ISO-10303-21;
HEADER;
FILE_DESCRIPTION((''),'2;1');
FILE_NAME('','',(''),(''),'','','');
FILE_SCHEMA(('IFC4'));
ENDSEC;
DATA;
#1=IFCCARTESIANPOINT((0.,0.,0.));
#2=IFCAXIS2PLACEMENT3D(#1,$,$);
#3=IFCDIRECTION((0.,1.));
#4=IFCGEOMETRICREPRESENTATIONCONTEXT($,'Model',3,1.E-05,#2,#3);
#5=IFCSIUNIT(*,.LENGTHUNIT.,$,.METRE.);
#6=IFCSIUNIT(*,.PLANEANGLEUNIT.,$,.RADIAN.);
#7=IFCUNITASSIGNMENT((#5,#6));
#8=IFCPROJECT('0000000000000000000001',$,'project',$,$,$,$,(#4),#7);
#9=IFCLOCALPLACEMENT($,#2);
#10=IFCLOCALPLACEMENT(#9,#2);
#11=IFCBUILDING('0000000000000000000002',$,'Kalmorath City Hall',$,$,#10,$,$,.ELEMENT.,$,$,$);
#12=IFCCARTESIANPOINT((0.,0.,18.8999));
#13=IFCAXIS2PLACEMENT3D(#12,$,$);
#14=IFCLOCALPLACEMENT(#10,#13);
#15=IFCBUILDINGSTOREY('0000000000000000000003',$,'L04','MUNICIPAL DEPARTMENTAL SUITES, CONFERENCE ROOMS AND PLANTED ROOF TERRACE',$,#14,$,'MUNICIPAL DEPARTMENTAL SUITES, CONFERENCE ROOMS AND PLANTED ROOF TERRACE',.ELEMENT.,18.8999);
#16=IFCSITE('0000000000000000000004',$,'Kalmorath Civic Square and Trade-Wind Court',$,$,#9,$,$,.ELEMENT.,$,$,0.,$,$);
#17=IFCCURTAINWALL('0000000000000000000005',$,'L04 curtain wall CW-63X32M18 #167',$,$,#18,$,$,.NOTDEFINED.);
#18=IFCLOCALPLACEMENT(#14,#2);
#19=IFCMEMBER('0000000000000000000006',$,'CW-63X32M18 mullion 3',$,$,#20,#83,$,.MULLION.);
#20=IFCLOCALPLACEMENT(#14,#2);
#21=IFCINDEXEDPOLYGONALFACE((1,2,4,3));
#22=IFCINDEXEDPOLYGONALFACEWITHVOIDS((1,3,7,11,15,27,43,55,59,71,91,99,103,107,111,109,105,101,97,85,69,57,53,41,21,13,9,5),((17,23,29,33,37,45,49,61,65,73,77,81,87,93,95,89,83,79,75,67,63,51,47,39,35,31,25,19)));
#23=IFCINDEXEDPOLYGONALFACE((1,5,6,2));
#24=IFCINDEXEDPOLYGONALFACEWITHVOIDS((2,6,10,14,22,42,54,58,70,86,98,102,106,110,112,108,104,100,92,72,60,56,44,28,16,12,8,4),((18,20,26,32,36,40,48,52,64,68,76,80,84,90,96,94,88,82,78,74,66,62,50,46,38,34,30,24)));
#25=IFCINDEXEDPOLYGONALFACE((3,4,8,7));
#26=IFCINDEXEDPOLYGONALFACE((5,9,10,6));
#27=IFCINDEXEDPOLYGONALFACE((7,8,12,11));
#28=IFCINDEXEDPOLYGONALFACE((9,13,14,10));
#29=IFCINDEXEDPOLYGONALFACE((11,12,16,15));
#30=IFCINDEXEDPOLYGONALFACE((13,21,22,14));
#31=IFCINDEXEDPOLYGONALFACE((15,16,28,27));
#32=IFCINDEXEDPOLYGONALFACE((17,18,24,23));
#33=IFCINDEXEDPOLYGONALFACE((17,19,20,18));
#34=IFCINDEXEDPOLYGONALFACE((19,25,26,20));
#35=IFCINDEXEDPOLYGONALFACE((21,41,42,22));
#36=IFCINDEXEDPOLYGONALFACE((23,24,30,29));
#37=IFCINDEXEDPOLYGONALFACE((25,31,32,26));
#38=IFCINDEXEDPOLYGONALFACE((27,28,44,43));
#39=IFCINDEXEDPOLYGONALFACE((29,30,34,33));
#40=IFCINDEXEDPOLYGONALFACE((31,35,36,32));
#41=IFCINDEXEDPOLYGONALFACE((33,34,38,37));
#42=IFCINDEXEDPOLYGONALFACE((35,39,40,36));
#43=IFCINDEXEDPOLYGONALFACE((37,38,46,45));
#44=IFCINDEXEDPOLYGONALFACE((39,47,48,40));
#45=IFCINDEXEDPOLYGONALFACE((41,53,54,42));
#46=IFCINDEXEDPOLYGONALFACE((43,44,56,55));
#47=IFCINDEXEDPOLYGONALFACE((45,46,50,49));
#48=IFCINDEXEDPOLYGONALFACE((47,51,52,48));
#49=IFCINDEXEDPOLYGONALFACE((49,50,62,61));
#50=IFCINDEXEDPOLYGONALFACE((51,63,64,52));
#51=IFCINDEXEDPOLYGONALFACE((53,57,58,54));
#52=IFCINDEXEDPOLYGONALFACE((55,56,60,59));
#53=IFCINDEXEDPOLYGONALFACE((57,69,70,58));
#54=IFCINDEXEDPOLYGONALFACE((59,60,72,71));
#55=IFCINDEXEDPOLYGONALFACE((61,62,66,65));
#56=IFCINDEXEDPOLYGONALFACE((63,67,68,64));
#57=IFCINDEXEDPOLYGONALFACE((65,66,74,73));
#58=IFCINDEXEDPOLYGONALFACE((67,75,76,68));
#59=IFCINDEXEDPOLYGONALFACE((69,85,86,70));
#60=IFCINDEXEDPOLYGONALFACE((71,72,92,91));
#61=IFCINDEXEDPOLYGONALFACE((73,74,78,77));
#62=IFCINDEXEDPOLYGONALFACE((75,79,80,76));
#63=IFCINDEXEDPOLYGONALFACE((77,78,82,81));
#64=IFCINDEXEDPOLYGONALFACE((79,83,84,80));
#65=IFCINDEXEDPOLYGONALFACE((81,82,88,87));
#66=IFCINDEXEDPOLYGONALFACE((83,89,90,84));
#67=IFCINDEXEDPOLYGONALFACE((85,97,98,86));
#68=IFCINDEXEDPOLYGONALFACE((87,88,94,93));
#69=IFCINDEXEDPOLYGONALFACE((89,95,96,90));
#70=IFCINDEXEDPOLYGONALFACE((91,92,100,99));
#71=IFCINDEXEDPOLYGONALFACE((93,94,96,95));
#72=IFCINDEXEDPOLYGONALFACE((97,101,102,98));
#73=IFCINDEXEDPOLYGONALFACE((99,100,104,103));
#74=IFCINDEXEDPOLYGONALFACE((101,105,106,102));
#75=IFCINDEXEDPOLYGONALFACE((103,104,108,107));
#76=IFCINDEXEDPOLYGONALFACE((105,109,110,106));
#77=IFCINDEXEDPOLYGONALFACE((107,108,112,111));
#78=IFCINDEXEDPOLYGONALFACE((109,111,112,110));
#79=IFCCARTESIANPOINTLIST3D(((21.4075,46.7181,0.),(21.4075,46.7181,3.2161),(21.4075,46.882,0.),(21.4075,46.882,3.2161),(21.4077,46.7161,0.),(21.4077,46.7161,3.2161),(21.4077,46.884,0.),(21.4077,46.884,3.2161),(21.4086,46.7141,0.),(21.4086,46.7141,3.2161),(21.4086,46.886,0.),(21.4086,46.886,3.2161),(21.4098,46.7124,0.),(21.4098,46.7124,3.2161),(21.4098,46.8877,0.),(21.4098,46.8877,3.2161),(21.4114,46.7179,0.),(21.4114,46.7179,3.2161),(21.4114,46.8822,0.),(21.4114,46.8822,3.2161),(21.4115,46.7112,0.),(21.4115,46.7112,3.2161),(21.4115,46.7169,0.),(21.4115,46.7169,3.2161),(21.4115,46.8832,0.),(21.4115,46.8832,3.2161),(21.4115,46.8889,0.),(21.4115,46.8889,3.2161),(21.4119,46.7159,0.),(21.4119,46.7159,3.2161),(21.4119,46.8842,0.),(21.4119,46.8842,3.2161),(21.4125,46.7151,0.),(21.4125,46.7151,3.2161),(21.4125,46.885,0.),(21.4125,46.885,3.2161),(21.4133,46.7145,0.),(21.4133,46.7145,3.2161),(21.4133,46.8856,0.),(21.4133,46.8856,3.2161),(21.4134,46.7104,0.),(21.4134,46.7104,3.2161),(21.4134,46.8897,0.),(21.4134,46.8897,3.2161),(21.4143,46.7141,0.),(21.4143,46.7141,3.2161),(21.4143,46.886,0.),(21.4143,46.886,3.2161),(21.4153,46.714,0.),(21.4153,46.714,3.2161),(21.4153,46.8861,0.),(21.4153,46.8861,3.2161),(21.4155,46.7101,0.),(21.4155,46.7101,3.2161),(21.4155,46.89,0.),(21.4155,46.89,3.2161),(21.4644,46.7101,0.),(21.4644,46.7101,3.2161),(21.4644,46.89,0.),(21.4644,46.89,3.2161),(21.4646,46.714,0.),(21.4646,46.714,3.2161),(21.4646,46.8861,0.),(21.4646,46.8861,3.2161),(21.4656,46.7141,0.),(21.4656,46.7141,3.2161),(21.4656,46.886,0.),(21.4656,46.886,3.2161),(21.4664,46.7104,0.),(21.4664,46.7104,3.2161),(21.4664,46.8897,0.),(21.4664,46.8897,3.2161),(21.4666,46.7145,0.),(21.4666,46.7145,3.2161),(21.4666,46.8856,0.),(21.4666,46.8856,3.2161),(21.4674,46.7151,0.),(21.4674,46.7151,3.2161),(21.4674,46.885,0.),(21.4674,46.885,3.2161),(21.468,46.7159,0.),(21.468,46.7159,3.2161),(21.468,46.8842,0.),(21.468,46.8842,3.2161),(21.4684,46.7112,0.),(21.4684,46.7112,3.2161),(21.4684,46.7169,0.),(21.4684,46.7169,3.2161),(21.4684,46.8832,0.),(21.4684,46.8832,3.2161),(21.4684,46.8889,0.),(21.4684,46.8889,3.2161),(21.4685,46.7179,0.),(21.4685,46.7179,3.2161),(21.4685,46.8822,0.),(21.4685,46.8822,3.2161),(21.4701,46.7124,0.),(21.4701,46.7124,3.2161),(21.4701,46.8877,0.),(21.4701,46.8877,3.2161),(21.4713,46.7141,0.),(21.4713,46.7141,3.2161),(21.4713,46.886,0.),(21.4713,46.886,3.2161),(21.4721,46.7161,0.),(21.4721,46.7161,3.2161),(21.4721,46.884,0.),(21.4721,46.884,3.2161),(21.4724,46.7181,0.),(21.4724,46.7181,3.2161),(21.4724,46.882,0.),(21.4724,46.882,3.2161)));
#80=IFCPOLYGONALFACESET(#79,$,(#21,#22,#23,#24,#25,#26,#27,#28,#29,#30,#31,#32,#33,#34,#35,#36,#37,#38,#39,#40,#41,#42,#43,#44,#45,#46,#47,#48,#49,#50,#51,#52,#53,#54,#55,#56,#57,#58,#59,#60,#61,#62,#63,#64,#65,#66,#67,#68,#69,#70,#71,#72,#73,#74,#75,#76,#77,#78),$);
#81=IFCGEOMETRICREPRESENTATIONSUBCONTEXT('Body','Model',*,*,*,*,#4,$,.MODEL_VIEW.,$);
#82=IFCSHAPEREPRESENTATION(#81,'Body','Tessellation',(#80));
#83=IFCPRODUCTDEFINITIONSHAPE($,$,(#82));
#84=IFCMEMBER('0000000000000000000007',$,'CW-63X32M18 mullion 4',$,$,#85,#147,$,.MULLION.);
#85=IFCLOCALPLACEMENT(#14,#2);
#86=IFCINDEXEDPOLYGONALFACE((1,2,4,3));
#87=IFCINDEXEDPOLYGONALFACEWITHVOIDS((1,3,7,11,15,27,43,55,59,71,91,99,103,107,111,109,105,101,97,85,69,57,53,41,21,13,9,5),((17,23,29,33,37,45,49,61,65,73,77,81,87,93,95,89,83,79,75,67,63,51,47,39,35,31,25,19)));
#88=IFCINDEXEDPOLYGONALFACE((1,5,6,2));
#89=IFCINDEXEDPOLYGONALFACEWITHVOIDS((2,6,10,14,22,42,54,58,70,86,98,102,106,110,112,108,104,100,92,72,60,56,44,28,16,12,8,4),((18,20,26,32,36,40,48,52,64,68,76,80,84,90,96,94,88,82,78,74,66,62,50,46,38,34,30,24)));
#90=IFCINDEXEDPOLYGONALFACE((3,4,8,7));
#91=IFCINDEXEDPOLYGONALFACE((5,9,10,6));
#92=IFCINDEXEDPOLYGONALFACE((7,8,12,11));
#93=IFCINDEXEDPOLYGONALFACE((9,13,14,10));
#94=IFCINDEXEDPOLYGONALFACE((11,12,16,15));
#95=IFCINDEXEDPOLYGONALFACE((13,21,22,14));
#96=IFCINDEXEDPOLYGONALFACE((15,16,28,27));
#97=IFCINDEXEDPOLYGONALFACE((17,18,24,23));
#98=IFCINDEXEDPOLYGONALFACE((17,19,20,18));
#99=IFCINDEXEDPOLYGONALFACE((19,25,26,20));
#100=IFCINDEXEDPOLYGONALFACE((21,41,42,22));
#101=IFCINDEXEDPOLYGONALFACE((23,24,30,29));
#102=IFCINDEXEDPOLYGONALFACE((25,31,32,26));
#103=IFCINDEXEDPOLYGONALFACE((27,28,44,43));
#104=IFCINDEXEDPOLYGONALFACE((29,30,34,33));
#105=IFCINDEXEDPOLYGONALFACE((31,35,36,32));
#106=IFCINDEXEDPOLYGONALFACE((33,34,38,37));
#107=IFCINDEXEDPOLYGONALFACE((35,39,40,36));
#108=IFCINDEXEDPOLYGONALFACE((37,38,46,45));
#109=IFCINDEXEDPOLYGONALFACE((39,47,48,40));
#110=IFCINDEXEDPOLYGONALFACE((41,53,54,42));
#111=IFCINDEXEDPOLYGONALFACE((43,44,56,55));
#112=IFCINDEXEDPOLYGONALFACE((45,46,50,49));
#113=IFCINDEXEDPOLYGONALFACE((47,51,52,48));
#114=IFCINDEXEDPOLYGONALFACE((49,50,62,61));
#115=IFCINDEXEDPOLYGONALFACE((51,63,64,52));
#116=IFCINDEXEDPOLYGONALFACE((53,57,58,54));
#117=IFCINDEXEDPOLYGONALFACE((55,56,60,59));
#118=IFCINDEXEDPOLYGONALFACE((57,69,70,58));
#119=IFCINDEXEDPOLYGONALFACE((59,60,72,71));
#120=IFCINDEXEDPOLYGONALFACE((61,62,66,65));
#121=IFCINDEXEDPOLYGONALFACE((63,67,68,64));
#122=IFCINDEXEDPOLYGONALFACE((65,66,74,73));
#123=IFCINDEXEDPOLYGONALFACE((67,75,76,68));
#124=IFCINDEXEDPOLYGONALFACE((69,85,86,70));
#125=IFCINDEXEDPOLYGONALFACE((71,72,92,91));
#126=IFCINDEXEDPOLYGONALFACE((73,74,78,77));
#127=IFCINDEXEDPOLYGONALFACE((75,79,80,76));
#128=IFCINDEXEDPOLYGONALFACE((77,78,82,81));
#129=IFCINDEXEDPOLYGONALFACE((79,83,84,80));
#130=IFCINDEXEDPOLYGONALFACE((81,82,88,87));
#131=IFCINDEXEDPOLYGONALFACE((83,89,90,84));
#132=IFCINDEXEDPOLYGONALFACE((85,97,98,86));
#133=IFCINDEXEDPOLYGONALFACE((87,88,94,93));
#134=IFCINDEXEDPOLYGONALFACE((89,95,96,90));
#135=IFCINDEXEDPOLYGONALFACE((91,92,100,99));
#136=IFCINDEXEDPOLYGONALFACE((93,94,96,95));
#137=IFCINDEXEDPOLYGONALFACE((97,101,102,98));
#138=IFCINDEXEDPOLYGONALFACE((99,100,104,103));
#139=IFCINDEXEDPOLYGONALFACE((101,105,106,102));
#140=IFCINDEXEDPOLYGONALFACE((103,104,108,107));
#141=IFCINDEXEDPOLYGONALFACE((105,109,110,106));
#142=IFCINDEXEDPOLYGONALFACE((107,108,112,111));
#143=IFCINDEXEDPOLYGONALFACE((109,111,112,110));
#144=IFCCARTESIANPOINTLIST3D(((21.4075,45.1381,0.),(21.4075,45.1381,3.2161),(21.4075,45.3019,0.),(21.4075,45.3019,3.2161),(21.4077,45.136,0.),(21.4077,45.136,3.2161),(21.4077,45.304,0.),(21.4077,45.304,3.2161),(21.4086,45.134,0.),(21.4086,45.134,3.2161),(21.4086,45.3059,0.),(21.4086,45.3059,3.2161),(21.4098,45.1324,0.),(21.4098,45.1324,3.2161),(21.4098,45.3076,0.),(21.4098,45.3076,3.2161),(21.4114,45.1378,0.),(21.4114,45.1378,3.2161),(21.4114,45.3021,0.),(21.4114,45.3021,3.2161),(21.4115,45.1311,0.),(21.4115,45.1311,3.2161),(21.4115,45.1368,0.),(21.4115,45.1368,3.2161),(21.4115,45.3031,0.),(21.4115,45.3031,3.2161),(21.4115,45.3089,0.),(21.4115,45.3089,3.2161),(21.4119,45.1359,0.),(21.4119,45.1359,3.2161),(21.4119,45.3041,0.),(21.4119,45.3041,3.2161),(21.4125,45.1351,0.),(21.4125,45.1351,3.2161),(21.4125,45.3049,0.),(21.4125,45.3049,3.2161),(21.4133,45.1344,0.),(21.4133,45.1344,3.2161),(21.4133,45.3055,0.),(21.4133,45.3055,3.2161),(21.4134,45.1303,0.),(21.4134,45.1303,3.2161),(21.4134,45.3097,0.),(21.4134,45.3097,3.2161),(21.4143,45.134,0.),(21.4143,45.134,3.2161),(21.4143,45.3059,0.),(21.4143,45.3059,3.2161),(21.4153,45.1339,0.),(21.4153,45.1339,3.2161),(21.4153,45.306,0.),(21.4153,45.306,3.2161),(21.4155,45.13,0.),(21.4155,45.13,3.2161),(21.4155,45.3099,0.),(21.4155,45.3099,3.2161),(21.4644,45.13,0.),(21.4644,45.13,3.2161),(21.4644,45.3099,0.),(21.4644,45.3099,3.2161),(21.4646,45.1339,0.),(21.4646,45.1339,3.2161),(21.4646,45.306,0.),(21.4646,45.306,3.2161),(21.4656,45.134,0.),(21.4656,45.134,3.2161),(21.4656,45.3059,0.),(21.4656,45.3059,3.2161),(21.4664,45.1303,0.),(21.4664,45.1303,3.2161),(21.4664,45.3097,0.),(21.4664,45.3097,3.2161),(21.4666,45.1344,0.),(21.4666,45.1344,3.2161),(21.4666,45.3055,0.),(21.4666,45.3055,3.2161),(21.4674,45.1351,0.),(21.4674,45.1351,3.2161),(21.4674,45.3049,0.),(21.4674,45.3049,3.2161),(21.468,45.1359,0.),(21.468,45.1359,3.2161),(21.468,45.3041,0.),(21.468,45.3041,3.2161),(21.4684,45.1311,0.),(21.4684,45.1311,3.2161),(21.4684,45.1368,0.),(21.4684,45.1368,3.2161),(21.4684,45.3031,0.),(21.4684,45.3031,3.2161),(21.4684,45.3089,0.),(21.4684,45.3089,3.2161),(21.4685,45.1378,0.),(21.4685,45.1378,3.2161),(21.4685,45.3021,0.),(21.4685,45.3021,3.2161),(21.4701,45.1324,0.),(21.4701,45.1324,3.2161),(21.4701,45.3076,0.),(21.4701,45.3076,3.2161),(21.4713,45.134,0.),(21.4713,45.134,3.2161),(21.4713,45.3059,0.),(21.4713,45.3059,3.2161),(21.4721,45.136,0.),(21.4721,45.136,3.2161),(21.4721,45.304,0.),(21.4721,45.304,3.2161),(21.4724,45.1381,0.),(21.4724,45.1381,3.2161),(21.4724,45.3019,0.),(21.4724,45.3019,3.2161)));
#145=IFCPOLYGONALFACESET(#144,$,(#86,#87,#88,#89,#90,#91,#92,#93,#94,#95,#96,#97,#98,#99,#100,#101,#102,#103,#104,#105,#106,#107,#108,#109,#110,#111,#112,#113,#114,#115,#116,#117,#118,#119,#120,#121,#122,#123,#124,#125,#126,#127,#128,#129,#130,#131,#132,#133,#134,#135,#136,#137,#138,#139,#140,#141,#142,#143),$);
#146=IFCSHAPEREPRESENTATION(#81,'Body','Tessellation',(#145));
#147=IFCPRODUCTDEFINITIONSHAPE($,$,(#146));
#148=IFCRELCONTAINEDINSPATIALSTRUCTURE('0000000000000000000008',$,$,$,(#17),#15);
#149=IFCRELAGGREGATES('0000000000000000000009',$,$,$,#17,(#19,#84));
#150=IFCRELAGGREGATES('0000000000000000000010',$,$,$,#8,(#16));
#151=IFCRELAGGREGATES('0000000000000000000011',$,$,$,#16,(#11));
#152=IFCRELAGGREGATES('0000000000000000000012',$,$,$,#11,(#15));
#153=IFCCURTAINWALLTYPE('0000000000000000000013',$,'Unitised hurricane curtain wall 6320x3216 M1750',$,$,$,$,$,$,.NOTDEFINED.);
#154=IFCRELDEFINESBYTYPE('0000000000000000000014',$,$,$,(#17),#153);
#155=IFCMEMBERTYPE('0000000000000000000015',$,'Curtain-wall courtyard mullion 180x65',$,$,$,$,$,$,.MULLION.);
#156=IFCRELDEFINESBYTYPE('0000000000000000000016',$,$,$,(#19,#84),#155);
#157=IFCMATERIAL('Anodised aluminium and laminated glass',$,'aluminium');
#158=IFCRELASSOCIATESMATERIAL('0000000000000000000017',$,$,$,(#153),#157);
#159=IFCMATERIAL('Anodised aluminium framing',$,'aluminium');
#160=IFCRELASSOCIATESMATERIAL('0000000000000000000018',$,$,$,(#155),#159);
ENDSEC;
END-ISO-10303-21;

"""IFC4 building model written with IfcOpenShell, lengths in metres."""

from ifc_helpers import new_model, si_unit, direction, frame, origin, origin_2d, place, context, subcontext, project, spatial, hollow_rectangle, extrude, material, material_profile, profile_set, type_object, element, aggregate, save


model = new_model("IFC4")

# Units and contexts
model_context = context("Model", 3, precision=1e-05, world=origin(), true_north=direction((0.0, 1.0)))
body_context = subcontext(model_context, "Body", "Model", "MODEL_VIEW")
ifc_project = project(units=[si_unit("LENGTHUNIT", "METRE"), si_unit("PLANEANGLEUNIT", "RADIAN")], contexts=[model_context])

# Site, building, storey
site_placement = place(None, origin())
site = spatial("IfcSite", under=ifc_project, at=site_placement, Name="Kalmorath Civic Square and Trade-Wind Court", CompositionType="ELEMENT", RefElevation=0.0)
building_placement = place(site_placement, origin())
building = spatial("IfcBuilding", under=site, at=building_placement, Name="Kalmorath City Hall", CompositionType="ELEMENT")
storey_placement = place(building_placement, frame((0.0, 0.0, 18.8999)))
storey = spatial("IfcBuildingStorey", under=building, at=storey_placement, Name="L04", Description="MUNICIPAL DEPARTMENTAL SUITES, CONFERENCE ROOMS AND PLANTED ROOF TERRACE", LongName="MUNICIPAL DEPARTMENTAL SUITES, CONFERENCE ROOMS AND PLANTED ROOF TERRACE", CompositionType="ELEMENT", Elevation=18.8999)

# Curtain wall, members
ifc_material_1 = material(Name="Anodised aluminium and laminated glass", Category="aluminium")
curtain_wall_type = type_object("IfcCurtainWallType", Name="Unitised hurricane curtain wall 6320x3216 M1750", PredefinedType="NOTDEFINED", material=ifc_material_1)
curtain_wall_1_placement = place(storey_placement, origin())
curtain_wall_1 = element("IfcCurtainWall", 1, at=curtain_wall_1_placement, inside=storey, type_object=curtain_wall_type, Name="L04 curtain wall CW-63X32M18 #167", PredefinedType="NOTDEFINED")
ifc_material_2 = material(Name="Anodised aluminium framing", Category="aluminium")
ifc_material_profile_1 = material_profile(ifc_material_2, hollow_rectangle(XDim=0.0649, YDim=0.1799, WallThickness=0.0039, InnerFilletRadius=0.0039, OuterFilletRadius=0.0081, at=origin_2d()), Name="ALU-MUL-180X65X4")
ifc_profile_set_1 = profile_set([ifc_material_profile_1], Name="Anodised aluminium framing")
member_type_1 = type_object("IfcMemberType", Name="Curtain-wall courtyard mullion 180x65", PredefinedType="MULLION", material=ifc_profile_set_1)
member_1_placement = place(storey_placement, frame((21.4399, 46.8, 0.0), z_axis=(0.0, 0.0, 1.0), x_axis=(1.0, 0.0, 0.0)))
member_1 = element("IfcMember", 2, at=member_1_placement, type_object=member_type_1, Name="CW-63X32M18 mullion 3", PredefinedType="MULLION", context=body_context, shape_type="SweptSolid", body=[
    extrude(hollow_rectangle(XDim=0.0649, YDim=0.1799, WallThickness=0.0039, InnerFilletRadius=0.0039, OuterFilletRadius=0.0081, at=origin_2d()), origin(), (0.0, 0.0, 1.0), 3.2161),
])
member_2_placement = place(storey_placement, frame((21.4399, 45.22, 0.0), z_axis=(0.0, 0.0, 1.0), x_axis=(1.0, 0.0, 0.0)))
member_2 = element("IfcMember", 3, at=member_2_placement, type_object=member_type_1, Name="CW-63X32M18 mullion 4", PredefinedType="MULLION", context=body_context, shape_type="SweptSolid", body=[
    extrude(hollow_rectangle(XDim=0.0649, YDim=0.1799, WallThickness=0.0039, InnerFilletRadius=0.0039, OuterFilletRadius=0.0081, at=origin_2d()), origin(), (0.0, 0.0, 1.0), 3.2161),
])

aggregate(curtain_wall_1, [member_1, member_2])

save(model, "model.ifc")
